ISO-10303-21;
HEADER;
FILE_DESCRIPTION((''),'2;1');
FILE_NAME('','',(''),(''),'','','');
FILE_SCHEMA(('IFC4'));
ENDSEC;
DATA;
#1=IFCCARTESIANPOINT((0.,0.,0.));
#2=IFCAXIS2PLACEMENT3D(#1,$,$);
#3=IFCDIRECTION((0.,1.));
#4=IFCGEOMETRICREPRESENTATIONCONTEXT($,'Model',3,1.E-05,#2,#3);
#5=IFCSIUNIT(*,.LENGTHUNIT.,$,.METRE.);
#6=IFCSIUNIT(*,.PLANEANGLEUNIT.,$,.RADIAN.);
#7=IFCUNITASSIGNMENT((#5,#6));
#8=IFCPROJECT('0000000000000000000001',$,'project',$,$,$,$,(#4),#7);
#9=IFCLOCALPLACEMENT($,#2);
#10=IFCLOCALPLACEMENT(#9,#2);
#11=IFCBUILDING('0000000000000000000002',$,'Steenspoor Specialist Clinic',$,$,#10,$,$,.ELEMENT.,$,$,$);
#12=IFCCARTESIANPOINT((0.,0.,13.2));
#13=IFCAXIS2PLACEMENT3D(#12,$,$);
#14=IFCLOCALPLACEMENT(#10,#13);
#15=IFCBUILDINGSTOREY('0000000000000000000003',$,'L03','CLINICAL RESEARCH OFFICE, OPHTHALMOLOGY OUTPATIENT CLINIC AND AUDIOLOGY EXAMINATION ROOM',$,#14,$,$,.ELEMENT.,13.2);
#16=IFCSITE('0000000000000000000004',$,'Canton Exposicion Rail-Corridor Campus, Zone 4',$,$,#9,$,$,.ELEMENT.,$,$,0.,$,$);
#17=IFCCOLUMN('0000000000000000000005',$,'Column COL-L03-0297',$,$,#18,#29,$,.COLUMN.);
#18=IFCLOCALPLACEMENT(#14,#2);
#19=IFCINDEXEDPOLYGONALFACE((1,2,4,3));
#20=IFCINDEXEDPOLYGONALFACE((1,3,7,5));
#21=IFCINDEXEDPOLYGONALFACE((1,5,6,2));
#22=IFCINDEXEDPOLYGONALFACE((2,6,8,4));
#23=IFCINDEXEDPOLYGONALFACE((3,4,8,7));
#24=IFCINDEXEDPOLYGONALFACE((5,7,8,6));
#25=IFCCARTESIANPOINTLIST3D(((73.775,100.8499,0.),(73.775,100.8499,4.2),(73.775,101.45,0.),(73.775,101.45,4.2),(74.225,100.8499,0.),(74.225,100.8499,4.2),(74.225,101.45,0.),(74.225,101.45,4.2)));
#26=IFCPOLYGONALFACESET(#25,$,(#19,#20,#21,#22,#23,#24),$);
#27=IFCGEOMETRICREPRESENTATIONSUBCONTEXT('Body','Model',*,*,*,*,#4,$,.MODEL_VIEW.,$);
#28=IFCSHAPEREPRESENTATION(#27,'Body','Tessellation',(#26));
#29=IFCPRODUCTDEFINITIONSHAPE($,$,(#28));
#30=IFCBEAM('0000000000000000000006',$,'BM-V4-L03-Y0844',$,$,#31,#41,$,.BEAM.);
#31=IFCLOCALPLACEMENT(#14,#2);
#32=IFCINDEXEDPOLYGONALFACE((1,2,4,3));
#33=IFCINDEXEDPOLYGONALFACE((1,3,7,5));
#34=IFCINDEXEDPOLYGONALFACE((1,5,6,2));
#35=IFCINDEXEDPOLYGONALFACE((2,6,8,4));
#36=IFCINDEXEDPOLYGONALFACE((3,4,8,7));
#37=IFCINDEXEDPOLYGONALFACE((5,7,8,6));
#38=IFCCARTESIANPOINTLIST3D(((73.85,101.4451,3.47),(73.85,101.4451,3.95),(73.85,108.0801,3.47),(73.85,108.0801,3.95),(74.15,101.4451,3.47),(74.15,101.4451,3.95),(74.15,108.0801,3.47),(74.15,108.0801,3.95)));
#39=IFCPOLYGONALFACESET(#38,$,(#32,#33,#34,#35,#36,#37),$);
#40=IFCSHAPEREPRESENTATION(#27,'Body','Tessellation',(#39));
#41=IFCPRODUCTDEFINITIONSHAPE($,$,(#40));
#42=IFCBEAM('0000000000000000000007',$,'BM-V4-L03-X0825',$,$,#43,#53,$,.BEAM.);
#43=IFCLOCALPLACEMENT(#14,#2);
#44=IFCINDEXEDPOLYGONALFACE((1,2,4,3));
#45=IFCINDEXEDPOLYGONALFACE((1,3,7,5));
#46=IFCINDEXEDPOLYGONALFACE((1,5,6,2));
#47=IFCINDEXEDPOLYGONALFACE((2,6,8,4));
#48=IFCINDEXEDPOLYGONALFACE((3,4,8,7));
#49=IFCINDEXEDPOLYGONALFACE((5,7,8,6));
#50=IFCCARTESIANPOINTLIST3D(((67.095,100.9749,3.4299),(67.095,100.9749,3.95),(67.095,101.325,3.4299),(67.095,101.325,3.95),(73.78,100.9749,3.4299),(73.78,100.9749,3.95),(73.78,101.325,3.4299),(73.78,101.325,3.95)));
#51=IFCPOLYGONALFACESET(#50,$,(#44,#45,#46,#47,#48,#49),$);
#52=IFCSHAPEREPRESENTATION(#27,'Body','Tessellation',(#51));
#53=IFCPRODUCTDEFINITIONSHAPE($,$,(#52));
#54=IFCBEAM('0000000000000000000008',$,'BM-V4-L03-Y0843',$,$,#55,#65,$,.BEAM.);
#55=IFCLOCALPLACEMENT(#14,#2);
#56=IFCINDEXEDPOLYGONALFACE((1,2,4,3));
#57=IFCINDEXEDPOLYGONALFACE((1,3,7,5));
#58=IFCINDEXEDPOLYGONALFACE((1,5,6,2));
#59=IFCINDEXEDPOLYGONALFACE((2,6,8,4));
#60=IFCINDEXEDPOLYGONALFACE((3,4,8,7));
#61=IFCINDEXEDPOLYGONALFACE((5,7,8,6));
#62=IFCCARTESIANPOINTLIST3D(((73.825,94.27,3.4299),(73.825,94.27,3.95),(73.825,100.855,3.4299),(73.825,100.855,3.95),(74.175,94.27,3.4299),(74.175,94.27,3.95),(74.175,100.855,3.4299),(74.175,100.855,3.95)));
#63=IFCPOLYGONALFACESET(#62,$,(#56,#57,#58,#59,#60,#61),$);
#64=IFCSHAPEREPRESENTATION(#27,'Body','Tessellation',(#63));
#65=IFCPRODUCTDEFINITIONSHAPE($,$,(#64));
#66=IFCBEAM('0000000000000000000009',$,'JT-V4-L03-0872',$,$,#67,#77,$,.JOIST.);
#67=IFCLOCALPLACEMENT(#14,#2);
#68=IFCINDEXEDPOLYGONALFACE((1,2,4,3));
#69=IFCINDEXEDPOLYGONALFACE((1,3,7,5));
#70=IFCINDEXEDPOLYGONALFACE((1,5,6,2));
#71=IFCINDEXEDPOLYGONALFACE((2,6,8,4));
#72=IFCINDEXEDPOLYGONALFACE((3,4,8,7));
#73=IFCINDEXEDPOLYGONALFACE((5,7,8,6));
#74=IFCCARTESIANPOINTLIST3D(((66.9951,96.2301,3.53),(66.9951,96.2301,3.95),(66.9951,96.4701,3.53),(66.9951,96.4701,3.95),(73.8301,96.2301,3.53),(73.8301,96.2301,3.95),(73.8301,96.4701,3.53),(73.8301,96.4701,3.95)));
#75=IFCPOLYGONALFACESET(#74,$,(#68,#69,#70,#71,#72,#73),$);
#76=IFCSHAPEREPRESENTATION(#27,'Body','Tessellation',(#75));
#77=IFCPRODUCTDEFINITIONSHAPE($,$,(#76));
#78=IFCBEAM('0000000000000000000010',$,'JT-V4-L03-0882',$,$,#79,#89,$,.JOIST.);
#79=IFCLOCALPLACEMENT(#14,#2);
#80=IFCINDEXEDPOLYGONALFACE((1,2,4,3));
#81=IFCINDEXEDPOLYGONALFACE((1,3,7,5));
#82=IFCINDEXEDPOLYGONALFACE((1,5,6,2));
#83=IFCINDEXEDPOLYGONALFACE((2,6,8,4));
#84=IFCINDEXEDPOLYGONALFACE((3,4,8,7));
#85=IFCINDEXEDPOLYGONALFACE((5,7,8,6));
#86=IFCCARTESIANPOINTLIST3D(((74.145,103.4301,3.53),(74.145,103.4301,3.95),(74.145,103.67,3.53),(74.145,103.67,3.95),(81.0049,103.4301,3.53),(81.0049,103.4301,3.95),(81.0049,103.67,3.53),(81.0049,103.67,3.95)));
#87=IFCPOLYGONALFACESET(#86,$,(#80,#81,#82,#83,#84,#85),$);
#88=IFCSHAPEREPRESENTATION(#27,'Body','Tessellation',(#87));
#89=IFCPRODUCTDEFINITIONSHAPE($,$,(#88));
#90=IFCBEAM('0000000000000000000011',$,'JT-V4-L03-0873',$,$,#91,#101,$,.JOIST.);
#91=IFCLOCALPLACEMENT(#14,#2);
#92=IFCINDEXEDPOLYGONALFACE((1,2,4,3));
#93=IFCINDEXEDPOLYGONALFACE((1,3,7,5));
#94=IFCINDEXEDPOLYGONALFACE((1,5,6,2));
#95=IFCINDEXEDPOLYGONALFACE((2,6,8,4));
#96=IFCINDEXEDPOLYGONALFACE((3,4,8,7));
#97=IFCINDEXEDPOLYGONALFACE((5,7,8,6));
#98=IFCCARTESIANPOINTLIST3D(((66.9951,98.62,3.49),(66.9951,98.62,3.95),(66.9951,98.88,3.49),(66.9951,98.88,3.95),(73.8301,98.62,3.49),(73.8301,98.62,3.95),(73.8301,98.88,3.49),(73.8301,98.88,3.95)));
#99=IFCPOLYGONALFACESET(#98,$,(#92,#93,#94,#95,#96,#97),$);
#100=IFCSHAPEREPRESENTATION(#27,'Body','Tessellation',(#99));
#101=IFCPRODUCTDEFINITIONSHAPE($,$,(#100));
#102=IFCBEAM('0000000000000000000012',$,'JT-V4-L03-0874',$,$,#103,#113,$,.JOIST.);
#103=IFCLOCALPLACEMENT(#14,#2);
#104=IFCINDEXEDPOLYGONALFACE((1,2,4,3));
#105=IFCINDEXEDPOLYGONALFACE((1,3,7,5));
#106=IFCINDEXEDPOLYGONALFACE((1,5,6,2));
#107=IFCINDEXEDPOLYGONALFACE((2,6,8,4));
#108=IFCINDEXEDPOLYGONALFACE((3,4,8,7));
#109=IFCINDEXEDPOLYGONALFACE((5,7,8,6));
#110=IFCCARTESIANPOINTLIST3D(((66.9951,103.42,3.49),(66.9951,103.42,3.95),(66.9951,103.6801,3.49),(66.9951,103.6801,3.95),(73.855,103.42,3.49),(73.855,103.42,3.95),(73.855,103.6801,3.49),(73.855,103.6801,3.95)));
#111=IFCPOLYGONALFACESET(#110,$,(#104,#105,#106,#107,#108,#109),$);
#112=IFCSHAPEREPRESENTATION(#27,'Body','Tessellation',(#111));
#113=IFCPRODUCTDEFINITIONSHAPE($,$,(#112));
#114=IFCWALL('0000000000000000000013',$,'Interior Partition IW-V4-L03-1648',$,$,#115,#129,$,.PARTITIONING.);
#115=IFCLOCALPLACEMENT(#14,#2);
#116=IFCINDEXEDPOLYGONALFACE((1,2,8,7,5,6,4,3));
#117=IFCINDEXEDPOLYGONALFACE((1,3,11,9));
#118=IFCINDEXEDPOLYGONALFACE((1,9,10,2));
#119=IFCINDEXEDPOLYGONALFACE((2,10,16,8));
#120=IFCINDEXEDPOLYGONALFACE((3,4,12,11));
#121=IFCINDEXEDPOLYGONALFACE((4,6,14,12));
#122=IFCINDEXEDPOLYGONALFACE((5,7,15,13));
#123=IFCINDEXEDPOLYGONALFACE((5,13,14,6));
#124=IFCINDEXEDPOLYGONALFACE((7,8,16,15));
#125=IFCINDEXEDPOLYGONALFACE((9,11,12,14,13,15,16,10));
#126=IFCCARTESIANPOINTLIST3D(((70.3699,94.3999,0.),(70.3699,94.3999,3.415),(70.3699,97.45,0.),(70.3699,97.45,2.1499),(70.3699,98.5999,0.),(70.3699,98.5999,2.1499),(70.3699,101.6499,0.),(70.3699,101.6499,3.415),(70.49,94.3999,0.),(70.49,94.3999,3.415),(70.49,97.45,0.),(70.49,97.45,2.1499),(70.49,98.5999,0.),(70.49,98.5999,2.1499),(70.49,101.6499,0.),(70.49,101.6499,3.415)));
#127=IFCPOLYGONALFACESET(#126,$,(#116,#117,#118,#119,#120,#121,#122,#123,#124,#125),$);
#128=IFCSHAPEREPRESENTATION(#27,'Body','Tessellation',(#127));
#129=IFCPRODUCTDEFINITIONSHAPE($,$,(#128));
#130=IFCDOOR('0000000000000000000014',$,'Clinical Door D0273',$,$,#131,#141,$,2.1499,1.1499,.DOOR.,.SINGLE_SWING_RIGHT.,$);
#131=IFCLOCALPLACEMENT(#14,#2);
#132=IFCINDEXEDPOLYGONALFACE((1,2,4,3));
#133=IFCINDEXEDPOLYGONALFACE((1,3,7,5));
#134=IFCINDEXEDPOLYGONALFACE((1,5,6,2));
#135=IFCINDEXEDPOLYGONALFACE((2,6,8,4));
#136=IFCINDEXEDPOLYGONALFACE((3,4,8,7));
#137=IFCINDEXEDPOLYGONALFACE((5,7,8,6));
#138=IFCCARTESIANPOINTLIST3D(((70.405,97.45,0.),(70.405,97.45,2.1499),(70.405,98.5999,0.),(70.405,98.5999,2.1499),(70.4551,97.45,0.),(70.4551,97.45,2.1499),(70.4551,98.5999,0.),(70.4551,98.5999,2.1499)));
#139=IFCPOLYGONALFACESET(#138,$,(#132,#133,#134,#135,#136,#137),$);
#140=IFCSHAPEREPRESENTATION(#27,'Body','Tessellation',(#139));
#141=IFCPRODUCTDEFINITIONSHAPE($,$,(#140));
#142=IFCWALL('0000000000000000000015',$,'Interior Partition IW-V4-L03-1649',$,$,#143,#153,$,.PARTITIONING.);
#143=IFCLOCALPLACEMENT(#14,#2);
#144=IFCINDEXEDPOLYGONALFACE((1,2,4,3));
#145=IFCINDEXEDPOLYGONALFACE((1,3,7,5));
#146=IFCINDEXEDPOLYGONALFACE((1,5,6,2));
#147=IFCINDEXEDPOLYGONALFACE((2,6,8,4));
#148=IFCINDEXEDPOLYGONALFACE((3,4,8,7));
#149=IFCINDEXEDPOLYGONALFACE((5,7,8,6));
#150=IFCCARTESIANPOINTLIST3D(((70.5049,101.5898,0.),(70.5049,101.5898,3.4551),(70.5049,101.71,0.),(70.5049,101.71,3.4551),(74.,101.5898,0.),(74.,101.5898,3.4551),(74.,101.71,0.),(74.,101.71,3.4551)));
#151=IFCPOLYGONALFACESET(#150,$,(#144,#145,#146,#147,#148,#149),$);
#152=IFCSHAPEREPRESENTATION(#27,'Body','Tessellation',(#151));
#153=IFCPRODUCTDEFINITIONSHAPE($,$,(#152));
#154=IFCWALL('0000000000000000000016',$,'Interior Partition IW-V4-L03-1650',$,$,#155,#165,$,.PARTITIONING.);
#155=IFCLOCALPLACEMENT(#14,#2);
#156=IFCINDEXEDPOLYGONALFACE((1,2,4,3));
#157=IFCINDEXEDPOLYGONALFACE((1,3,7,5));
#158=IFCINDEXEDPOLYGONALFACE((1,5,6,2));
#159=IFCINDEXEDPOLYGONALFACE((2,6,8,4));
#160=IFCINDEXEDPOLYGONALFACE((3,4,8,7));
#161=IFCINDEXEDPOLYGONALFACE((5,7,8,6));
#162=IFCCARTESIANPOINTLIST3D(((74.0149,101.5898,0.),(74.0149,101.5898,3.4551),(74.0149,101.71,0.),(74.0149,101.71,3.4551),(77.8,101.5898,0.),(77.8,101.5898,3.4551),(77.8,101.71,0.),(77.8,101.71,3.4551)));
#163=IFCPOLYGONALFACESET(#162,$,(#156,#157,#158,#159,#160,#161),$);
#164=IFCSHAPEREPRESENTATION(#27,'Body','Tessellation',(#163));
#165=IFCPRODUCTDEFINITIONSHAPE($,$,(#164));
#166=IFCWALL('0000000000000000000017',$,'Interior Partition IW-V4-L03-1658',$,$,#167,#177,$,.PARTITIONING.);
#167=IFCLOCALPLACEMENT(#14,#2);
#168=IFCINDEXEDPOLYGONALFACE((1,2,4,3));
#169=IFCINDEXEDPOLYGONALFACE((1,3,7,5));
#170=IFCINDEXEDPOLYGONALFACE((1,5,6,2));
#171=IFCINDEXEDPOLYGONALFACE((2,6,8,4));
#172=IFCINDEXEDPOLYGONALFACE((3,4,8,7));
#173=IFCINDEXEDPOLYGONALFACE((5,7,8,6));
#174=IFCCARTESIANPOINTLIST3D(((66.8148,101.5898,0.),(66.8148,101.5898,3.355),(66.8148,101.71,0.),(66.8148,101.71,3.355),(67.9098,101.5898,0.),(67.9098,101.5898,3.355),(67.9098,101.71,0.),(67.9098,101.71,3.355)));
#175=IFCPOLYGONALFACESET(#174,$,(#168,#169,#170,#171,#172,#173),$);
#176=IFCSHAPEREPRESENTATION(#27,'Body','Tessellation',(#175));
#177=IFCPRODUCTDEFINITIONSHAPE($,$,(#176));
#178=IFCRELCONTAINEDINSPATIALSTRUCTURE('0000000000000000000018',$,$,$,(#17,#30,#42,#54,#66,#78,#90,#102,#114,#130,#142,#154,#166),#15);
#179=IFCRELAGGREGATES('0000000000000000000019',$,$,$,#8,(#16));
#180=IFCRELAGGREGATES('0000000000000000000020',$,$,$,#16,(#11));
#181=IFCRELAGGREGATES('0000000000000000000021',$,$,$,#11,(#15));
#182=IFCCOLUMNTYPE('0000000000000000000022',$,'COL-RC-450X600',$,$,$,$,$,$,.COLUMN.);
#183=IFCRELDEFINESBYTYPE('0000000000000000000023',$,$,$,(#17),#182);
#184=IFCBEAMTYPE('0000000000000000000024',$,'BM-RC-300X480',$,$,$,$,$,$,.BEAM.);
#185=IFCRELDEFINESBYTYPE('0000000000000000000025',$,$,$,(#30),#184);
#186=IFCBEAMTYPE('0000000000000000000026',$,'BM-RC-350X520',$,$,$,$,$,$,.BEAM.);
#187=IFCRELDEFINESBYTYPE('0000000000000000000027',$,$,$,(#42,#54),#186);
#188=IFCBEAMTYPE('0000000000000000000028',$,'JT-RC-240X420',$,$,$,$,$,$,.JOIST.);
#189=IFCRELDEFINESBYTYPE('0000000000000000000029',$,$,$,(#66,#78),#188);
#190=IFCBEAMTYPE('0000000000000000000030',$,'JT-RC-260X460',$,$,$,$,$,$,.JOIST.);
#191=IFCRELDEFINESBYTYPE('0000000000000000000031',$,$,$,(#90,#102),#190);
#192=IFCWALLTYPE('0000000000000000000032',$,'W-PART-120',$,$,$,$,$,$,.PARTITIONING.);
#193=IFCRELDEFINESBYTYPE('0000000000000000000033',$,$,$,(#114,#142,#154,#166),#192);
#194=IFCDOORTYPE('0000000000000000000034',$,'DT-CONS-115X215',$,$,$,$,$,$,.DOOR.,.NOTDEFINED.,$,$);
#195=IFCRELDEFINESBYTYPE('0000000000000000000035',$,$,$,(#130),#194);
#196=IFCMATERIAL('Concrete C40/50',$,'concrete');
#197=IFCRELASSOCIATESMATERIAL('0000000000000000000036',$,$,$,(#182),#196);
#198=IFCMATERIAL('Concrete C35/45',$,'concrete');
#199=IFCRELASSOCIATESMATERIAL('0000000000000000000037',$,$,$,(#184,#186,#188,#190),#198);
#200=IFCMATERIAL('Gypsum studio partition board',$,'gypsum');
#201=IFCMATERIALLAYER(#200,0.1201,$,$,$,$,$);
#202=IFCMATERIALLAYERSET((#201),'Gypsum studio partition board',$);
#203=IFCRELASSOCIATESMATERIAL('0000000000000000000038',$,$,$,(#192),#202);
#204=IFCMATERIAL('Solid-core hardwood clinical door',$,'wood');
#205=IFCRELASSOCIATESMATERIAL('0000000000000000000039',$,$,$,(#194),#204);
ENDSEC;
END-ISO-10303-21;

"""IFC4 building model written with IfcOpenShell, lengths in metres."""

from ifc_helpers import new_model, si_unit, direction, frame, frame_2d, origin, origin_2d, place, context, subcontext, project, spatial, rectangle, extrude, material, layer, layer_set, material_profile, profile_set, type_object, element, fill, save


model = new_model("IFC4")

# Units and contexts
model_context = context("Model", 3, precision=1e-05, world=origin(), true_north=direction((0.0, 1.0)))
body_context = subcontext(model_context, "Body", "Model", "MODEL_VIEW")
ifc_project = project(units=[si_unit("LENGTHUNIT", "METRE"), si_unit("PLANEANGLEUNIT", "RADIAN")], contexts=[model_context])

# Site, building, storey
site_placement = place(None, origin())
site = spatial("IfcSite", under=ifc_project, at=site_placement, Name="Canton Exposicion Rail-Corridor Campus, Zone 4", CompositionType="ELEMENT", RefElevation=0.0)
building_placement = place(site_placement, origin())
building = spatial("IfcBuilding", under=site, at=building_placement, Name="Steenspoor Specialist Clinic", CompositionType="ELEMENT")
storey_placement = place(building_placement, frame((0.0, 0.0, 13.2)))
storey = spatial("IfcBuildingStorey", under=building, at=storey_placement, Name="L03", Description="CLINICAL RESEARCH OFFICE, OPHTHALMOLOGY OUTPATIENT CLINIC AND AUDIOLOGY EXAMINATION ROOM", CompositionType="ELEMENT", Elevation=13.2)

# Column
ifc_material_1 = material(Name="Concrete C40/50", Category="concrete")
ifc_material_profile_1 = material_profile(ifc_material_1, rectangle(XDim=0.45, YDim=0.6001, at=origin_2d()), Name="RC-COL-450X600")
ifc_profile_set_1 = profile_set([ifc_material_profile_1], Name="Concrete C40/50")
column_type = type_object("IfcColumnType", Name="COL-RC-450X600", PredefinedType="COLUMN", material=ifc_profile_set_1)
column_placement = place(storey_placement, frame((74.0, 101.1499, 0.0), z_axis=(0.0, 0.0, 1.0), x_axis=(1.0, 0.0, 0.0)))
element("IfcColumn", 1, at=column_placement, inside=storey, type_object=column_type, Name="Column COL-L03-0297", PredefinedType="COLUMN", context=body_context, shape_type="SweptSolid", body=[
    extrude(rectangle(XDim=0.45, YDim=0.6001, at=origin_2d()), origin(), (0.0, 0.0, 1.0), 4.2),
])

# Beams
ifc_material_2 = material(Name="Concrete C35/45", Category="concrete")
ifc_material_profile_2 = material_profile(ifc_material_2, rectangle(XDim=0.3, YDim=0.48, at=origin_2d()), Name="RC-BM-300X480")
ifc_profile_set_2 = profile_set([ifc_material_profile_2], Name="Concrete C35/45")
beam_type_1 = type_object("IfcBeamType", Name="BM-RC-300X480", PredefinedType="BEAM", material=ifc_profile_set_2)
beam_1_placement = place(storey_placement, frame((74.0, 101.4451, 3.71), z_axis=(0.0, 1.0, 0.0), x_axis=(-1.0, 0.0, 0.0)))
element("IfcBeam", 2, at=beam_1_placement, inside=storey, type_object=beam_type_1, Name="BM-V4-L03-Y0844", PredefinedType="BEAM", context=body_context, shape_type="SweptSolid", body=[
    extrude(rectangle(XDim=0.3, YDim=0.48, at=origin_2d()), origin(), (0.0, 0.0, 1.0), 6.635),
])
ifc_material_profile_3 = material_profile(ifc_material_2, rectangle(XDim=0.3501, YDim=0.52, at=origin_2d()), Name="RC-BM-350X520")
ifc_profile_set_3 = profile_set([ifc_material_profile_3], Name="Concrete C35/45")
beam_type_2 = type_object("IfcBeamType", Name="BM-RC-350X520", PredefinedType="BEAM", material=ifc_profile_set_3)
beam_2_placement = place(storey_placement, frame((67.095, 101.1499, 3.6899), z_axis=(1.0, 0.0, 0.0), x_axis=(0.0, 1.0, 0.0)))
element("IfcBeam", 3, at=beam_2_placement, inside=storey, type_object=beam_type_2, Name="BM-V4-L03-X0825", PredefinedType="BEAM", context=body_context, shape_type="SweptSolid", body=[
    extrude(rectangle(XDim=0.3501, YDim=0.52, at=origin_2d()), origin(), (0.0, 0.0, 1.0), 6.6851),
])
beam_3_placement = place(storey_placement, frame((74.0, 94.27, 3.6899), z_axis=(0.0, 1.0, 0.0), x_axis=(-1.0, 0.0, 0.0)))
element("IfcBeam", 4, at=beam_3_placement, inside=storey, type_object=beam_type_2, Name="BM-V4-L03-Y0843", PredefinedType="BEAM", context=body_context, shape_type="SweptSolid", body=[
    extrude(rectangle(XDim=0.3501, YDim=0.52, at=origin_2d()), origin(), (0.0, 0.0, 1.0), 6.585),
])
ifc_material_profile_4 = material_profile(ifc_material_2, rectangle(XDim=0.24, YDim=0.4199, at=origin_2d()), Name="RC-JT-240X420")
ifc_profile_set_4 = profile_set([ifc_material_profile_4], Name="Concrete C35/45")
beam_type_3 = type_object("IfcBeamType", Name="JT-RC-240X420", PredefinedType="JOIST", material=ifc_profile_set_4)
beam_4_placement = place(storey_placement, frame((66.9951, 96.3501, 3.74), z_axis=(1.0, 0.0, 0.0), x_axis=(0.0, 1.0, 0.0)))
element("IfcBeam", 5, at=beam_4_placement, inside=storey, type_object=beam_type_3, Name="JT-V4-L03-0872", PredefinedType="JOIST", context=body_context, shape_type="SweptSolid", body=[
    extrude(rectangle(XDim=0.24, YDim=0.4199, at=origin_2d()), origin(), (0.0, 0.0, 1.0), 6.835),
])
beam_5_placement = place(storey_placement, frame((74.145, 103.55, 3.74), z_axis=(1.0, 0.0, 0.0), x_axis=(0.0, 1.0, 0.0)))
element("IfcBeam", 6, at=beam_5_placement, inside=storey, type_object=beam_type_3, Name="JT-V4-L03-0882", PredefinedType="JOIST", context=body_context, shape_type="SweptSolid", body=[
    extrude(rectangle(XDim=0.24, YDim=0.4199, at=origin_2d()), origin(), (0.0, 0.0, 1.0), 6.8599),
])
ifc_material_profile_5 = material_profile(ifc_material_2, rectangle(XDim=0.26, YDim=0.46, at=origin_2d()), Name="RC-JT-260X460")
ifc_profile_set_5 = profile_set([ifc_material_profile_5], Name="Concrete C35/45")
beam_type_4 = type_object("IfcBeamType", Name="JT-RC-260X460", PredefinedType="JOIST", material=ifc_profile_set_5)
beam_6_placement = place(storey_placement, frame((66.9951, 98.75, 3.72), z_axis=(1.0, 0.0, 0.0), x_axis=(0.0, 1.0, 0.0)))
element("IfcBeam", 7, at=beam_6_placement, inside=storey, type_object=beam_type_4, Name="JT-V4-L03-0873", PredefinedType="JOIST", context=body_context, shape_type="SweptSolid", body=[
    extrude(rectangle(XDim=0.26, YDim=0.46, at=origin_2d()), origin(), (0.0, 0.0, 1.0), 6.835),
])
beam_7_placement = place(storey_placement, frame((66.9951, 103.55, 3.72), z_axis=(1.0, 0.0, 0.0), x_axis=(0.0, 1.0, 0.0)))
element("IfcBeam", 8, at=beam_7_placement, inside=storey, type_object=beam_type_4, Name="JT-V4-L03-0874", PredefinedType="JOIST", context=body_context, shape_type="SweptSolid", body=[
    extrude(rectangle(XDim=0.26, YDim=0.46, at=origin_2d()), origin(), (0.0, 0.0, 1.0), 6.8599),
])

# Wall, opening, door
ifc_material_3 = material(Name="Gypsum studio partition board", Category="gypsum")
ifc_layer_1 = layer(ifc_material_3, 0.1201)
ifc_layer_set_1 = layer_set([ifc_layer_1], Name="Gypsum studio partition board")
wall_type_1 = type_object("IfcWallType", Name="W-PART-120", PredefinedType="PARTITIONING", material=ifc_layer_set_1)
wall_1_placement = place(storey_placement, frame((70.4299, 94.3999, 0.0), z_axis=(0.0, 0.0, 1.0), x_axis=(0.0, 1.0, 0.0)))
wall_1 = element("IfcWall", 9, at=wall_1_placement, inside=storey, type_object=wall_type_1, Name="Interior Partition IW-V4-L03-1648", PredefinedType="PARTITIONING", context=body_context, shape_type="SweptSolid", body=[
    extrude(rectangle(XDim=7.25, YDim=0.1201, at=frame_2d((3.625, 0.0))), origin(), (0.0, 0.0, 1.0), 3.415),
])
opening_1_placement = place(wall_1_placement, frame((3.05, 0.0, 0.0)))
opening_1 = element("IfcOpeningElement", 10, at=opening_1_placement, cuts=wall_1, PredefinedType="OPENING", context=body_context, shape_type="SweptSolid", body=[
    extrude(rectangle(XDim=1.1499, YDim=2.1499, at=frame_2d((0.575, 1.075))), frame((0.0, 0.0701, 0.0), z_axis=(0.0, -1.0, 0.0), x_axis=(1.0, 0.0, 0.0)), (0.0, 0.0, 1.0), 0.1401),
])
ifc_material_4 = material(Name="Solid-core hardwood clinical door", Category="wood")
door_type_1 = type_object("IfcDoorType", Name="DT-CONS-115X215", OperationType="NOTDEFINED", PredefinedType="DOOR", material=ifc_material_4)
door_1_placement = place(opening_1_placement, origin())
door_1 = element("IfcDoor", 11, at=door_1_placement, inside=storey, type_object=door_type_1, Name="Clinical Door D0273", OperationType="SINGLE_SWING_RIGHT", OverallHeight=2.1499, OverallWidth=1.1499, PredefinedType="DOOR", context=body_context, shape_type="SweptSolid", body=[
    extrude(rectangle(XDim=1.1499, YDim=2.1499, at=frame_2d((0.575, 1.075))), frame((0.0, 0.0249, 0.0), z_axis=(0.0, -1.0, 0.0), x_axis=(1.0, 0.0, 0.0)), (0.0, 0.0, 1.0), 0.05),
])
fill(opening_1, door_1)

# Walls
wall_2_placement = place(storey_placement, frame((70.5049, 101.6499, 0.0), z_axis=(0.0, 0.0, 1.0), x_axis=(1.0, 0.0, 0.0)))
element("IfcWall", 12, at=wall_2_placement, inside=storey, type_object=wall_type_1, Name="Interior Partition IW-V4-L03-1649", PredefinedType="PARTITIONING", context=body_context, shape_type="SweptSolid", body=[
    extrude(rectangle(XDim=3.4951, YDim=0.1201, at=frame_2d((1.7476, 0.0))), origin(), (0.0, 0.0, 1.0), 3.4551),
])
wall_3_placement = place(storey_placement, frame((74.0149, 101.6499, 0.0), z_axis=(0.0, 0.0, 1.0), x_axis=(1.0, 0.0, 0.0)))
element("IfcWall", 13, at=wall_3_placement, inside=storey, type_object=wall_type_1, Name="Interior Partition IW-V4-L03-1650", PredefinedType="PARTITIONING", context=body_context, shape_type="SweptSolid", body=[
    extrude(rectangle(XDim=3.7852, YDim=0.1201, at=frame_2d((1.8926, 0.0))), origin(), (0.0, 0.0, 1.0), 3.4551),
])
wall_4_placement = place(storey_placement, frame((66.8149, 101.6499, 0.0), z_axis=(0.0, 0.0, 1.0), x_axis=(1.0, 0.0, 0.0)))
element("IfcWall", 14, at=wall_4_placement, inside=storey, type_object=wall_type_1, Name="Interior Partition IW-V4-L03-1658", PredefinedType="PARTITIONING", context=body_context, shape_type="SweptSolid", body=[
    extrude(rectangle(XDim=1.095, YDim=0.1201, at=frame_2d((0.5474, 0.0))), origin(), (0.0, 0.0, 1.0), 3.355),
])

save(model, "model.ifc")
